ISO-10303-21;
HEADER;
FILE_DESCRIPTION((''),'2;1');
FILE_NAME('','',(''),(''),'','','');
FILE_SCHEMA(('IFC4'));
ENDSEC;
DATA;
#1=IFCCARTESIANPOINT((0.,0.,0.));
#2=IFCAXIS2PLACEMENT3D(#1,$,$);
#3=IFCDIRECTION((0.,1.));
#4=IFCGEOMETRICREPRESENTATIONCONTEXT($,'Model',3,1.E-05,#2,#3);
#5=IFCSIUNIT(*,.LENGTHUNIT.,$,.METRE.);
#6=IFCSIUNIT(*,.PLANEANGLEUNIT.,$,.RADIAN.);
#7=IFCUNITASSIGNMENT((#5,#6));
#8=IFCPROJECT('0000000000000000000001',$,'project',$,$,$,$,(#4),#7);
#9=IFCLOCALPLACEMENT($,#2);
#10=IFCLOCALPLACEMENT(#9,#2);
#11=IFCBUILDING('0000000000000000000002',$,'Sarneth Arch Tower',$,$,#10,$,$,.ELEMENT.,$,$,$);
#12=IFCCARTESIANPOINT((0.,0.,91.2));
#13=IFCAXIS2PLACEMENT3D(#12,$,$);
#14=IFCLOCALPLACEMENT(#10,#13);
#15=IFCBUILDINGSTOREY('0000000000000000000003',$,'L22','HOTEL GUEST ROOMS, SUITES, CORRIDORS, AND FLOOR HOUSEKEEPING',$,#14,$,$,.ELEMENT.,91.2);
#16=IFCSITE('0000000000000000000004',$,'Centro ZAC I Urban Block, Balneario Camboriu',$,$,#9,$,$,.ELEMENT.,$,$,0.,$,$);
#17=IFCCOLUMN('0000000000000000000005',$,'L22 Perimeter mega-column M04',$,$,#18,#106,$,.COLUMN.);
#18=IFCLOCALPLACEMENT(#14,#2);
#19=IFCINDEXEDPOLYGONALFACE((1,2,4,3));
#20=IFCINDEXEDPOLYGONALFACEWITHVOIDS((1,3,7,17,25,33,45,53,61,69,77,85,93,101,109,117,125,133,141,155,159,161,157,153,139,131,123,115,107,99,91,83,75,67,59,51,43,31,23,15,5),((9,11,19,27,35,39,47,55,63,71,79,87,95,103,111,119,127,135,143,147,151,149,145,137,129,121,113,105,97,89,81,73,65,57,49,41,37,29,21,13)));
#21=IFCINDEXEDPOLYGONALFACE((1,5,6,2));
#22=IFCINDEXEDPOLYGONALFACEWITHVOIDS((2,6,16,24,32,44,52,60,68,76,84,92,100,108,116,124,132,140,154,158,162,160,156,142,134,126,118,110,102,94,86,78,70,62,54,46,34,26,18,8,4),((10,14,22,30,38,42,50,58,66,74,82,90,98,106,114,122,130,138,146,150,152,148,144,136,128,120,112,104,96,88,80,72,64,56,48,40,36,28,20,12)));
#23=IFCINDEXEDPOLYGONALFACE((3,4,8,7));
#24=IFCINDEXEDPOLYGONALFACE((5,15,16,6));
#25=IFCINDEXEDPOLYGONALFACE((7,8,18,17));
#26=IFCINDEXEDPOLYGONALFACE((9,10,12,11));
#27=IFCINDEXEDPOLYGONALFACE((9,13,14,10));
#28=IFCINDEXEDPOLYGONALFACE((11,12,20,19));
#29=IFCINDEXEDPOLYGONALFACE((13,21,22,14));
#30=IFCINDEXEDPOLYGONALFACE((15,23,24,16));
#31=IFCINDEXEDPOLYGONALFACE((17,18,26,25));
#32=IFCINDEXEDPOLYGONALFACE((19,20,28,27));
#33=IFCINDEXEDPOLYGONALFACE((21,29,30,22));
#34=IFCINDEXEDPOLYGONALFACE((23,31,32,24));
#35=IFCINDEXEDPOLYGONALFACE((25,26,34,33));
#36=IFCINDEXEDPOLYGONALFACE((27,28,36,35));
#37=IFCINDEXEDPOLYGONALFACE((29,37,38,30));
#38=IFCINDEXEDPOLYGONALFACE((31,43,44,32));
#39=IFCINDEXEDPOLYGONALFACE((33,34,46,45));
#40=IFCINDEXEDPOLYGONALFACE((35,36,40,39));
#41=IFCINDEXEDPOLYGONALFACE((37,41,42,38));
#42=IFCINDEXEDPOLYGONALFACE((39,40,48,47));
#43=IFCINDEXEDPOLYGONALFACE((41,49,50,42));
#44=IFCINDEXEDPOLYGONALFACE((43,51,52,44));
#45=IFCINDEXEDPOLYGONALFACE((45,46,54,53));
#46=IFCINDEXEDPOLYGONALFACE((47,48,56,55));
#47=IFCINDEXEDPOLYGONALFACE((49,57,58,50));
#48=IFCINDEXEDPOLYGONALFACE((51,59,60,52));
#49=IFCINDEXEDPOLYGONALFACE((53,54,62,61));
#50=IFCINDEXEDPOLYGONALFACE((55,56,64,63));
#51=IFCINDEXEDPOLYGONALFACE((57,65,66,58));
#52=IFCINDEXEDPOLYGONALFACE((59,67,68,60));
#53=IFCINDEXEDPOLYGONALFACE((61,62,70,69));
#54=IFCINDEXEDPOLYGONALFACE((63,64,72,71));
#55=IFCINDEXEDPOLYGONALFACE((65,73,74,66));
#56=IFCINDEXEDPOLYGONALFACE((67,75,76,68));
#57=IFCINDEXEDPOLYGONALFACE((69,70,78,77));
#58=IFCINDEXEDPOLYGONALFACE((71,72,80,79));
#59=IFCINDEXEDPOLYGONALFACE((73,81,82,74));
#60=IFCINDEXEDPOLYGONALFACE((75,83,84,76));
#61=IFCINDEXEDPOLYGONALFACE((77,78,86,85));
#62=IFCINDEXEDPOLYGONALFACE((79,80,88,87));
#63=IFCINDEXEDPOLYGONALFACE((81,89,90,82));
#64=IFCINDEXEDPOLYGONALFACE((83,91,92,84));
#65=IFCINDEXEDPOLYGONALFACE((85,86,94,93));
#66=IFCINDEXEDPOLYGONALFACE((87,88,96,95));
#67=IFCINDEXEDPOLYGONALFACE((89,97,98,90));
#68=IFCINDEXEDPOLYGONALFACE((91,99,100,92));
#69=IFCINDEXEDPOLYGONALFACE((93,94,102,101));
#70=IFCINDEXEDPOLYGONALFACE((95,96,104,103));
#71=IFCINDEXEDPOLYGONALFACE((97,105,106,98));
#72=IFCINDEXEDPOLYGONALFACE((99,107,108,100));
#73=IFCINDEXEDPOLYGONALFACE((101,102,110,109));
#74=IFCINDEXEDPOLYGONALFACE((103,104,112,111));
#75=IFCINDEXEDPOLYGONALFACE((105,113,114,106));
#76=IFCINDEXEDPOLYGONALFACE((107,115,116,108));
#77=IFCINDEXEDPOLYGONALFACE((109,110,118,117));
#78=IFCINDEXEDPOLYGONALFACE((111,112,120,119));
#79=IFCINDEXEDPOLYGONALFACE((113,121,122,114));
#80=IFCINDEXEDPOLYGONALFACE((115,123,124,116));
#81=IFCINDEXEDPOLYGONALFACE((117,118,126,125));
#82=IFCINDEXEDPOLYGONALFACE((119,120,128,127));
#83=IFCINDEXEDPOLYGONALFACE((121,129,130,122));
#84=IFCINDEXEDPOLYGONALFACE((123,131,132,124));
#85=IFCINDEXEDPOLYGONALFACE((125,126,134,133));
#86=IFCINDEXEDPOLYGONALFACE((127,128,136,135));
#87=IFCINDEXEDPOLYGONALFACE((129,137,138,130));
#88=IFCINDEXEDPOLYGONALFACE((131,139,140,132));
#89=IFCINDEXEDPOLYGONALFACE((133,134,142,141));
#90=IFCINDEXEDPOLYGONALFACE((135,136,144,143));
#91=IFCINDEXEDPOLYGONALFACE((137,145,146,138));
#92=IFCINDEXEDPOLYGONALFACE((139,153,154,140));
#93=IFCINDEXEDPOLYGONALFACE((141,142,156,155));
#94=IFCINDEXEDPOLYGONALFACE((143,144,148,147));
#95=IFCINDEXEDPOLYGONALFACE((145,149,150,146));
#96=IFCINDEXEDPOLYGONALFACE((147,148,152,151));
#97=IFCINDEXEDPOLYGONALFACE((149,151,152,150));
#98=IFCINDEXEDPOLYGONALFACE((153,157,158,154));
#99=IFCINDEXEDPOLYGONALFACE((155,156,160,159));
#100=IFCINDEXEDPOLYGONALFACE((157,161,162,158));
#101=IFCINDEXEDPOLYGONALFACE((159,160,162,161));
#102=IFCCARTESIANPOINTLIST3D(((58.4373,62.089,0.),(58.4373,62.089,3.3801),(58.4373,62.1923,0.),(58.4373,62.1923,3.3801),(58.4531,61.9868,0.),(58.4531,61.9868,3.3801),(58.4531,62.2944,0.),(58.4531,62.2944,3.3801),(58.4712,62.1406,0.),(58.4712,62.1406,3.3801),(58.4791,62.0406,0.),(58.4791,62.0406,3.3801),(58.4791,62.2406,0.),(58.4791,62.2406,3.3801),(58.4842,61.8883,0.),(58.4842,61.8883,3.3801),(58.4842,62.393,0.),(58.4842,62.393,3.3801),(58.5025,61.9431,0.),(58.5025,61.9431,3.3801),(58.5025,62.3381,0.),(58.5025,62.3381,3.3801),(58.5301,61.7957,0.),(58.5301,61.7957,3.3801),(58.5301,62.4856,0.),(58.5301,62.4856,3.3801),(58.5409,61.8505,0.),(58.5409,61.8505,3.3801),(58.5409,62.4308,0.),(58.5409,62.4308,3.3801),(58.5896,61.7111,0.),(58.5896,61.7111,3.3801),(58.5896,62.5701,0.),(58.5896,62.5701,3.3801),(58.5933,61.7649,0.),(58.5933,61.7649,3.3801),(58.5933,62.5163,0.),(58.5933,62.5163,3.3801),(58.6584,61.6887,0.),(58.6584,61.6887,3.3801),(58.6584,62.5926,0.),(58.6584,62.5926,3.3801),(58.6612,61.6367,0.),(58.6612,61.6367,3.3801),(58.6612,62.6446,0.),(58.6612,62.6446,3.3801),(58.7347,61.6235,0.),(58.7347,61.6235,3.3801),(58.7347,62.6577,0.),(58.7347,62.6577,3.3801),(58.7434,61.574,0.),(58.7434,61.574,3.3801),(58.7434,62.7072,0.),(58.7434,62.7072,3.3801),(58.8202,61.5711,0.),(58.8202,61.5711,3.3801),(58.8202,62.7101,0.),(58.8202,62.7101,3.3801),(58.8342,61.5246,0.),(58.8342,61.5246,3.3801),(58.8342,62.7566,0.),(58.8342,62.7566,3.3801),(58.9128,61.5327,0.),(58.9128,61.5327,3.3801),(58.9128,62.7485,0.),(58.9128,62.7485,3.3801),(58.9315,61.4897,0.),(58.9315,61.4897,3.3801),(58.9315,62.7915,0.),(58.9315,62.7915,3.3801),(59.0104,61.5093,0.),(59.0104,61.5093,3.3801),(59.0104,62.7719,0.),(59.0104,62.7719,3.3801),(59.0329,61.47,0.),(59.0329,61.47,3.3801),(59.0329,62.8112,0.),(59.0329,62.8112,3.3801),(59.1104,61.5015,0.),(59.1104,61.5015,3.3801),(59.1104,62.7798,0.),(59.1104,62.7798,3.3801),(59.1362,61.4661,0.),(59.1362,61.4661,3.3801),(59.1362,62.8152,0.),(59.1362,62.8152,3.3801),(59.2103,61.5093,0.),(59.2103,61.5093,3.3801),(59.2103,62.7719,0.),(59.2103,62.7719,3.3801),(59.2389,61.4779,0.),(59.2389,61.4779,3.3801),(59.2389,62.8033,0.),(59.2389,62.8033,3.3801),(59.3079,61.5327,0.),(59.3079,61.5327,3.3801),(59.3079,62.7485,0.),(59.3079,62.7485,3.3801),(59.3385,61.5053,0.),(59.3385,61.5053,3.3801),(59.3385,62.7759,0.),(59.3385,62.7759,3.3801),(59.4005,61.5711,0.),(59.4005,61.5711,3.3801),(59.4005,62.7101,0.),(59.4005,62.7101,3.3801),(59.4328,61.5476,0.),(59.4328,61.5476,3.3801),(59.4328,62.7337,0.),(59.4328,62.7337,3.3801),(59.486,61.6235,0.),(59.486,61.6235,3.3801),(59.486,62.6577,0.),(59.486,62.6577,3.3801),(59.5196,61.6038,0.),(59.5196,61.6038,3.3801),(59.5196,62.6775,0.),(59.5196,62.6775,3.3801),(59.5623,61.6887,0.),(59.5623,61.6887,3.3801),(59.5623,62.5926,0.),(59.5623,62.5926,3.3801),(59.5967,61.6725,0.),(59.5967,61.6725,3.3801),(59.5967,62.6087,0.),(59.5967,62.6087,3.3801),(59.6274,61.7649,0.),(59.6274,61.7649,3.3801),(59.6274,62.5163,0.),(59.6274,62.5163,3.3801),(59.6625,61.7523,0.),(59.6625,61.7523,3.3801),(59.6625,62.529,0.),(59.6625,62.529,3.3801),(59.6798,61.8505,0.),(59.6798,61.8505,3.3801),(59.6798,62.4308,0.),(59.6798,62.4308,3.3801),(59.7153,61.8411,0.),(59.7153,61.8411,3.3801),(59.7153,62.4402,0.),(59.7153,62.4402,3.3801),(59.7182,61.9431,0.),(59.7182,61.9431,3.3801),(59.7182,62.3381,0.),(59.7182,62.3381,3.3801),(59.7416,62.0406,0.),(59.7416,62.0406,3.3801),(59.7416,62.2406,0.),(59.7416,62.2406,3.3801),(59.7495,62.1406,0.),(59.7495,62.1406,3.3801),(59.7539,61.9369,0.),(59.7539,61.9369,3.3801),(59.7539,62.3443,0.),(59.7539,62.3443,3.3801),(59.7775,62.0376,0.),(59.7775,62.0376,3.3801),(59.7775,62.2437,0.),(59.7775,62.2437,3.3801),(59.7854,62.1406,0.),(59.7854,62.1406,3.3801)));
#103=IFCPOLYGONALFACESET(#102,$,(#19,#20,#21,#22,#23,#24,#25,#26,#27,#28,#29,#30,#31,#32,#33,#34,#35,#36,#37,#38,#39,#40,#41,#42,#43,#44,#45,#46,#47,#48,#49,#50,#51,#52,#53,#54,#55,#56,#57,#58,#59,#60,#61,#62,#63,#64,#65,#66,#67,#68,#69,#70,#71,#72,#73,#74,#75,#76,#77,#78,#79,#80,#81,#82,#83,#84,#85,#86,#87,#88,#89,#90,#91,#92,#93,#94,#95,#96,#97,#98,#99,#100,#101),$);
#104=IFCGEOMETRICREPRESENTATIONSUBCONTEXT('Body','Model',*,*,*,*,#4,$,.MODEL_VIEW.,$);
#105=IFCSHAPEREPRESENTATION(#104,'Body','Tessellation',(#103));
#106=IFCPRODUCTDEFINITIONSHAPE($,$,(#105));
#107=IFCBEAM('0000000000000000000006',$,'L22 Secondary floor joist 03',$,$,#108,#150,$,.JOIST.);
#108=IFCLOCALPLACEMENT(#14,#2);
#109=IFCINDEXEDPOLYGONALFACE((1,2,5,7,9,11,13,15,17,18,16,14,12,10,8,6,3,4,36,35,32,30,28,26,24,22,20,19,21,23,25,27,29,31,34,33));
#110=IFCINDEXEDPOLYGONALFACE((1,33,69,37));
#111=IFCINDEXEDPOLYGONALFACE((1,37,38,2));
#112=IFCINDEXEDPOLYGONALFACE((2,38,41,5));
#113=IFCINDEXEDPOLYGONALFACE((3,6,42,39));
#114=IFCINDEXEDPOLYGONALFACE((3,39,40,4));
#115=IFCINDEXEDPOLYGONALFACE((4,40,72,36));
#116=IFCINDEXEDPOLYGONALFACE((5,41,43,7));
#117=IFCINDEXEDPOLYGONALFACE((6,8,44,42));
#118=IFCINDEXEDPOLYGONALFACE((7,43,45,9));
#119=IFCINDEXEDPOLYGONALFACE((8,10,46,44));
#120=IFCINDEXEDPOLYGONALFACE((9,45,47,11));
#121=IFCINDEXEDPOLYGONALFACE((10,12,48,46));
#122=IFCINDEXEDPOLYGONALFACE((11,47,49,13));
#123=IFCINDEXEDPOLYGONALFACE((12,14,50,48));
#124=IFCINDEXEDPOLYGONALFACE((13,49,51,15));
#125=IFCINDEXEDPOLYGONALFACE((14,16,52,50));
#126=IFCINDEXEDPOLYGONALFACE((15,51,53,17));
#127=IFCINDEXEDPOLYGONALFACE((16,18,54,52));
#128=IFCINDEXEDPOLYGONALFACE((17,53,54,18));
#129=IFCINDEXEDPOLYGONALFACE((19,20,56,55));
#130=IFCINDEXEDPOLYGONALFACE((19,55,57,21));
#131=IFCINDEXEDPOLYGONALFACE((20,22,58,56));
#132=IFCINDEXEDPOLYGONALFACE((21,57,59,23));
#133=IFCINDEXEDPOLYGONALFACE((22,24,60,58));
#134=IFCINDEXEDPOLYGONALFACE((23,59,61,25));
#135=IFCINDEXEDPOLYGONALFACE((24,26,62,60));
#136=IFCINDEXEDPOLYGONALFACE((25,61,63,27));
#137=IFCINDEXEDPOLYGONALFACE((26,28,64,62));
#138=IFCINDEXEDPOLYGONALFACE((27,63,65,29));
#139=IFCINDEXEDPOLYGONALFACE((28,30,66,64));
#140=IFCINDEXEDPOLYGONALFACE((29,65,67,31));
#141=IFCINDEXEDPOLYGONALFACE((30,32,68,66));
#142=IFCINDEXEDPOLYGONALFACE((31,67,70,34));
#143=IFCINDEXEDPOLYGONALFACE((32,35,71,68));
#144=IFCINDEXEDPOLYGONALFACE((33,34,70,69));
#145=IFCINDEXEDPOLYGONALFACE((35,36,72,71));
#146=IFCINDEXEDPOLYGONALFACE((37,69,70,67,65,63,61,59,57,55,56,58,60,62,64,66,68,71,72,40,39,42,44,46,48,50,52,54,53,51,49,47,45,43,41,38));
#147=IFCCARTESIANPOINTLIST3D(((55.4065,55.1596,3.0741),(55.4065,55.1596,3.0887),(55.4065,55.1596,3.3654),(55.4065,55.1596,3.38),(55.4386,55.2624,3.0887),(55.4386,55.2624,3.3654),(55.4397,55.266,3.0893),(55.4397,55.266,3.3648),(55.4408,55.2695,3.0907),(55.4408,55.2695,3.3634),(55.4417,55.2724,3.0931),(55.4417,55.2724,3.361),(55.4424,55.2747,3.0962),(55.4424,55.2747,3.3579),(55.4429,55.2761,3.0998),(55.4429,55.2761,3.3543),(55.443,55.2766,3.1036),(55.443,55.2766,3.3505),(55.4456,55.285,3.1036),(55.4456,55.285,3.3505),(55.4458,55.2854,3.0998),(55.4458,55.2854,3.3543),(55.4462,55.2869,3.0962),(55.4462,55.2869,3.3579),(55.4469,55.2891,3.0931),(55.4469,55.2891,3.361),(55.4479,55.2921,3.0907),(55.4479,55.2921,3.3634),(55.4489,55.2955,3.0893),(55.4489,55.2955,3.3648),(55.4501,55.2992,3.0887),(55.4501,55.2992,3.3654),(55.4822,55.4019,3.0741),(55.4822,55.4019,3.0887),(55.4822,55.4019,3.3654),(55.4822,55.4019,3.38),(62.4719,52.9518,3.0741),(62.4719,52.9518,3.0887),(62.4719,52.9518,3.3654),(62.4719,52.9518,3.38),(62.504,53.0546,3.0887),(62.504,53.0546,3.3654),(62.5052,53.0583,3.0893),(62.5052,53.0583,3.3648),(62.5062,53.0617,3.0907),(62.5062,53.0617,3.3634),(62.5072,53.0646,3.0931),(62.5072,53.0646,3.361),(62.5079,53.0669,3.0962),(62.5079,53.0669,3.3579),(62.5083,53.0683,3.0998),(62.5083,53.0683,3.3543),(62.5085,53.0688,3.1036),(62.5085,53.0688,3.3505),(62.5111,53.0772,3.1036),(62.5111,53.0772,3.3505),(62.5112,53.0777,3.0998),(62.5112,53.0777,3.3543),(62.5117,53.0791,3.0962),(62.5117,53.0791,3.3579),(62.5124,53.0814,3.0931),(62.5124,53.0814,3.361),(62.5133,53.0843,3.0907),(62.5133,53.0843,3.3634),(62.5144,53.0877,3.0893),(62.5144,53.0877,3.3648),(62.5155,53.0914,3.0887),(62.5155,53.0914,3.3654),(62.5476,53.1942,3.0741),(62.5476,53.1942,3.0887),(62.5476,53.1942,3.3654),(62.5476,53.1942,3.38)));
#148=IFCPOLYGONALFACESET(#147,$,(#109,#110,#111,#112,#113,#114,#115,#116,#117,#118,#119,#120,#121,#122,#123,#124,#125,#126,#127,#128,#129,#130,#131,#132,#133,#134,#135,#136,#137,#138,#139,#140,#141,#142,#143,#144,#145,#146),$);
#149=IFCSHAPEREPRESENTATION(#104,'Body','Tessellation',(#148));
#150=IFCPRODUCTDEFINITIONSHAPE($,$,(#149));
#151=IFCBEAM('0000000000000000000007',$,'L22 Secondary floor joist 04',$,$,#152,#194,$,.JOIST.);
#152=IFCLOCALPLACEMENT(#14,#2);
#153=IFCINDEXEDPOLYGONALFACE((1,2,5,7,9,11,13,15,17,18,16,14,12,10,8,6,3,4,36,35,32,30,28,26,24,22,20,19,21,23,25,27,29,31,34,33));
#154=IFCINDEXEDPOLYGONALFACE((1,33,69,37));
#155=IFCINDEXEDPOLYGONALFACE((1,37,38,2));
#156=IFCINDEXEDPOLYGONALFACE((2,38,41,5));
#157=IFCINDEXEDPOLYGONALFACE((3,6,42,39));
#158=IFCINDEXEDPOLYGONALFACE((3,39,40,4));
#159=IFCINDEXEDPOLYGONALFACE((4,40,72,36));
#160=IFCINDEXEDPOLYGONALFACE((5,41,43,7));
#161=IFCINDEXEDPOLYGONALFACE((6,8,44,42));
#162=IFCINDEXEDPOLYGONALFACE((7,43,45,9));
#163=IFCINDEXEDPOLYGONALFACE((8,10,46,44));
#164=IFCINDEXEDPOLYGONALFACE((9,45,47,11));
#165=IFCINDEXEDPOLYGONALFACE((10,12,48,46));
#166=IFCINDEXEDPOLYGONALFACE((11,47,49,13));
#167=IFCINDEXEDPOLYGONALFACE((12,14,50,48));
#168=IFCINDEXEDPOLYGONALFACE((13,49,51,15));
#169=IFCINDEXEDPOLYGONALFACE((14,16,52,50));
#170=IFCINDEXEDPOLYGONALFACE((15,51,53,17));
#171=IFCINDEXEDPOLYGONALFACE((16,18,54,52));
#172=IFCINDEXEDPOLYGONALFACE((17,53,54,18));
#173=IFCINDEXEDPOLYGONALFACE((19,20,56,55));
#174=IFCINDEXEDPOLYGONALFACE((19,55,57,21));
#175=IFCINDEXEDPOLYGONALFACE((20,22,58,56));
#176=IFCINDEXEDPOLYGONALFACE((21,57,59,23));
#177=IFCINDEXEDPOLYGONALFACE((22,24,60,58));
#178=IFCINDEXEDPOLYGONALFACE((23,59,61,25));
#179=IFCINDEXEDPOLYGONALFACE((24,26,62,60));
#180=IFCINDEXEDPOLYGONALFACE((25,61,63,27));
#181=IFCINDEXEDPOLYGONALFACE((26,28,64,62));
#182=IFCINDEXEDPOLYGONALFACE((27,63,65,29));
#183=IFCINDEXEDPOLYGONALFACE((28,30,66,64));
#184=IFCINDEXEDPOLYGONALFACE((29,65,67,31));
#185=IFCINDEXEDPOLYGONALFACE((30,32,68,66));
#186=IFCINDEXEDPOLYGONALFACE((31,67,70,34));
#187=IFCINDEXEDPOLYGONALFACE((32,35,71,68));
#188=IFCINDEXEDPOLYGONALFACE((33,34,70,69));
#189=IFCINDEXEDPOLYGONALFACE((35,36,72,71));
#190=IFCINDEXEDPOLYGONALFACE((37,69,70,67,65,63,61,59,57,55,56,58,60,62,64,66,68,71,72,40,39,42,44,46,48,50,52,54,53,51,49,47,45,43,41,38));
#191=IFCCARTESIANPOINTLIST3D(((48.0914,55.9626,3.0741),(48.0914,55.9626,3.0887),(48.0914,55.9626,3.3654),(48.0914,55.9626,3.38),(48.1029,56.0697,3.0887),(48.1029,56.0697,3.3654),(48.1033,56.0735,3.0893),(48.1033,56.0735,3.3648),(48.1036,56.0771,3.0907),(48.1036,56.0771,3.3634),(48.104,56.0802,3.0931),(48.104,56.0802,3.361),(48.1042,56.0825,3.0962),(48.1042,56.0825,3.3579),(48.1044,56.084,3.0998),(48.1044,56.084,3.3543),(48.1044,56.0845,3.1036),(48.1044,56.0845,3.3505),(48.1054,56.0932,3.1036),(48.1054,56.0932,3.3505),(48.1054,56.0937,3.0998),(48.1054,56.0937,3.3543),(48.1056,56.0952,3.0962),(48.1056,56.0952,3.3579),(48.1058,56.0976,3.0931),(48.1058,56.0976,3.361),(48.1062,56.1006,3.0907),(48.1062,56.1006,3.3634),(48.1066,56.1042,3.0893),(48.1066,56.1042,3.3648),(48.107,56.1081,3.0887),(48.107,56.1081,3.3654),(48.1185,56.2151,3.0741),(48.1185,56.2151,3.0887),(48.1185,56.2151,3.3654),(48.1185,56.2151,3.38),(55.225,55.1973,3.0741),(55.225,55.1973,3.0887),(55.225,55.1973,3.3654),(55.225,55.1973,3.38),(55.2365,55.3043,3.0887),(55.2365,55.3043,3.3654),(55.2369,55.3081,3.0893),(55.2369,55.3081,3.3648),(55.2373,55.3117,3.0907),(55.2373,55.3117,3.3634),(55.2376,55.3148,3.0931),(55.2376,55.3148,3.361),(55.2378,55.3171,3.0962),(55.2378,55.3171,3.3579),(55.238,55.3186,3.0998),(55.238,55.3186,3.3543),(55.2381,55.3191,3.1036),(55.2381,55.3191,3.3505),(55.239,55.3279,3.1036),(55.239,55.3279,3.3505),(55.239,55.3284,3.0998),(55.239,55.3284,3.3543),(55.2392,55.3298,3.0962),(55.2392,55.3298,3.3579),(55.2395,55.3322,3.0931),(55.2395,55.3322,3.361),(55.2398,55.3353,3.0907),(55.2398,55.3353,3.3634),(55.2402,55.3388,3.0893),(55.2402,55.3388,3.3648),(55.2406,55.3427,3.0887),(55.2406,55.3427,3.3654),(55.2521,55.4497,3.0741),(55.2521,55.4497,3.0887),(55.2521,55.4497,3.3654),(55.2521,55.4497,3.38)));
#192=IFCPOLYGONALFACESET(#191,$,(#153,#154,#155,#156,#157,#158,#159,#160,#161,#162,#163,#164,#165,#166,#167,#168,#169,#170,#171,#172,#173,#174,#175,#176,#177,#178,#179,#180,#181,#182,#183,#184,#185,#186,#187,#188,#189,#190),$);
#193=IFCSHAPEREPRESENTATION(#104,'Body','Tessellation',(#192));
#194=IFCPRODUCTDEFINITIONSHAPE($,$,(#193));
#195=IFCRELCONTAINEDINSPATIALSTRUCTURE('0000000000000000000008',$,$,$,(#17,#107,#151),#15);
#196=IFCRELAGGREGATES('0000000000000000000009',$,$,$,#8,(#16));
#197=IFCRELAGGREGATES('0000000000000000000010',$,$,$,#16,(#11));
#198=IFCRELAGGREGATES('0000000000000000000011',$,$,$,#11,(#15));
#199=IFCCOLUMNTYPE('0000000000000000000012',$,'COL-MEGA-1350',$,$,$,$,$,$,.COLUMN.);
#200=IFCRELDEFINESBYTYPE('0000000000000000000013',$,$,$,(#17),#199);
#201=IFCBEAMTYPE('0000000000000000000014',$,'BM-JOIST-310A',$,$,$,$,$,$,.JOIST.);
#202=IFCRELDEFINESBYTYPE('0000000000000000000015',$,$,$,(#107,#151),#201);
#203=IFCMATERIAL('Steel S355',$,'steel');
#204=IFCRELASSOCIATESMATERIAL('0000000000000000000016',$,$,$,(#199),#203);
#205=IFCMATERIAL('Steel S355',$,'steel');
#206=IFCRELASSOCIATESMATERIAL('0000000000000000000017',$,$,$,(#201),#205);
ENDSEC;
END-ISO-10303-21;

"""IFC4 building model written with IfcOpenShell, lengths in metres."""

from ifc_helpers import new_model, si_unit, direction, frame, origin, origin_2d, place, context, subcontext, project, spatial, hollow_circle, i_section, extrude, material, material_profile, profile_set, type_object, element, save


model = new_model("IFC4")

# Units and contexts
model_context = context("Model", 3, precision=1e-05, world=origin(), true_north=direction((0.0, 1.0)))
body_context = subcontext(model_context, "Body", "Model", "MODEL_VIEW")
ifc_project = project(units=[si_unit("LENGTHUNIT", "METRE"), si_unit("PLANEANGLEUNIT", "RADIAN")], contexts=[model_context])

# Site, building, storey
site_placement = place(None, origin())
site = spatial("IfcSite", under=ifc_project, at=site_placement, Name="Centro ZAC I Urban Block, Balneario Camboriu", CompositionType="ELEMENT", RefElevation=0.0)
building_placement = place(site_placement, origin())
building = spatial("IfcBuilding", under=site, at=building_placement, Name="Sarneth Arch Tower", CompositionType="ELEMENT")
storey_placement = place(building_placement, frame((0.0, 0.0, 91.2)))
storey = spatial("IfcBuildingStorey", under=building, at=storey_placement, Name="L22", Description="HOTEL GUEST ROOMS, SUITES, CORRIDORS, AND FLOOR HOUSEKEEPING", CompositionType="ELEMENT", Elevation=91.2)

# Column
ifc_material_1 = material(Name="Steel S355", Category="steel")
ifc_material_profile_1 = material_profile(ifc_material_1, hollow_circle(Radius=0.675, WallThickness=0.0359, at=origin_2d()), Name="CHS1350x36")
ifc_profile_set_1 = profile_set([ifc_material_profile_1], Name="Steel S355")
column_type = type_object("IfcColumnType", Name="COL-MEGA-1350", PredefinedType="COLUMN", material=ifc_profile_set_1)
column_placement = place(storey_placement, frame((59.1104, 62.1406, 0.0), z_axis=(0.0, 0.0, 1.0), x_axis=(1.0, 0.0, 0.0)))
element("IfcColumn", 1, at=column_placement, inside=storey, type_object=column_type, Name="L22 Perimeter mega-column M04", PredefinedType="COLUMN", context=body_context, shape_type="SweptSolid", body=[
    extrude(hollow_circle(Radius=0.675, WallThickness=0.0359, at=origin_2d()), origin(), (0.0, 0.0, 1.0), 3.3801),
])

# Beams
ifc_material_2 = material(Name="Steel S355", Category="steel")
ifc_material_profile_2 = material_profile(ifc_material_2, i_section(OverallWidth=0.2539, OverallDepth=0.3059, WebThickness=0.0088, FlangeThickness=0.0146, FilletRadius=0.0149, at=origin_2d()), Name="W310x79")
ifc_profile_set_2 = profile_set([ifc_material_profile_2], Name="Steel S355")
beam_type_1 = type_object("IfcBeamType", Name="BM-JOIST-310A", PredefinedType="JOIST", material=ifc_profile_set_2)
beam_1_placement = place(storey_placement, frame((62.5098, 53.073, 3.2271), z_axis=(-0.954487, 0.298252, 0.0), x_axis=(-0.298252, -0.954487, 0.0)))
element("IfcBeam", 2, at=beam_1_placement, inside=storey, type_object=beam_type_1, Name="L22 Secondary floor joist 03", PredefinedType="JOIST", context=body_context, shape_type="SweptSolid", body=[
    extrude(i_section(OverallWidth=0.2539, OverallDepth=0.3059, WebThickness=0.0088, FlangeThickness=0.0146, FilletRadius=0.0149, at=origin_2d()), origin(), (0.0, 0.0, 1.0), 7.4023),
])
beam_2_placement = place(storey_placement, frame((55.2385, 55.3235, 3.2271), z_axis=(-0.994293, 0.106681, 0.0), x_axis=(-0.106681, -0.994293, 0.0)))
element("IfcBeam", 3, at=beam_2_placement, inside=storey, type_object=beam_type_1, Name="L22 Secondary floor joist 04", PredefinedType="JOIST", context=body_context, shape_type="SweptSolid", body=[
    extrude(i_section(OverallWidth=0.2539, OverallDepth=0.3059, WebThickness=0.0088, FlangeThickness=0.0146, FilletRadius=0.0149, at=origin_2d()), origin(), (0.0, 0.0, 1.0), 7.1746),
])

save(model, "model.ifc")
